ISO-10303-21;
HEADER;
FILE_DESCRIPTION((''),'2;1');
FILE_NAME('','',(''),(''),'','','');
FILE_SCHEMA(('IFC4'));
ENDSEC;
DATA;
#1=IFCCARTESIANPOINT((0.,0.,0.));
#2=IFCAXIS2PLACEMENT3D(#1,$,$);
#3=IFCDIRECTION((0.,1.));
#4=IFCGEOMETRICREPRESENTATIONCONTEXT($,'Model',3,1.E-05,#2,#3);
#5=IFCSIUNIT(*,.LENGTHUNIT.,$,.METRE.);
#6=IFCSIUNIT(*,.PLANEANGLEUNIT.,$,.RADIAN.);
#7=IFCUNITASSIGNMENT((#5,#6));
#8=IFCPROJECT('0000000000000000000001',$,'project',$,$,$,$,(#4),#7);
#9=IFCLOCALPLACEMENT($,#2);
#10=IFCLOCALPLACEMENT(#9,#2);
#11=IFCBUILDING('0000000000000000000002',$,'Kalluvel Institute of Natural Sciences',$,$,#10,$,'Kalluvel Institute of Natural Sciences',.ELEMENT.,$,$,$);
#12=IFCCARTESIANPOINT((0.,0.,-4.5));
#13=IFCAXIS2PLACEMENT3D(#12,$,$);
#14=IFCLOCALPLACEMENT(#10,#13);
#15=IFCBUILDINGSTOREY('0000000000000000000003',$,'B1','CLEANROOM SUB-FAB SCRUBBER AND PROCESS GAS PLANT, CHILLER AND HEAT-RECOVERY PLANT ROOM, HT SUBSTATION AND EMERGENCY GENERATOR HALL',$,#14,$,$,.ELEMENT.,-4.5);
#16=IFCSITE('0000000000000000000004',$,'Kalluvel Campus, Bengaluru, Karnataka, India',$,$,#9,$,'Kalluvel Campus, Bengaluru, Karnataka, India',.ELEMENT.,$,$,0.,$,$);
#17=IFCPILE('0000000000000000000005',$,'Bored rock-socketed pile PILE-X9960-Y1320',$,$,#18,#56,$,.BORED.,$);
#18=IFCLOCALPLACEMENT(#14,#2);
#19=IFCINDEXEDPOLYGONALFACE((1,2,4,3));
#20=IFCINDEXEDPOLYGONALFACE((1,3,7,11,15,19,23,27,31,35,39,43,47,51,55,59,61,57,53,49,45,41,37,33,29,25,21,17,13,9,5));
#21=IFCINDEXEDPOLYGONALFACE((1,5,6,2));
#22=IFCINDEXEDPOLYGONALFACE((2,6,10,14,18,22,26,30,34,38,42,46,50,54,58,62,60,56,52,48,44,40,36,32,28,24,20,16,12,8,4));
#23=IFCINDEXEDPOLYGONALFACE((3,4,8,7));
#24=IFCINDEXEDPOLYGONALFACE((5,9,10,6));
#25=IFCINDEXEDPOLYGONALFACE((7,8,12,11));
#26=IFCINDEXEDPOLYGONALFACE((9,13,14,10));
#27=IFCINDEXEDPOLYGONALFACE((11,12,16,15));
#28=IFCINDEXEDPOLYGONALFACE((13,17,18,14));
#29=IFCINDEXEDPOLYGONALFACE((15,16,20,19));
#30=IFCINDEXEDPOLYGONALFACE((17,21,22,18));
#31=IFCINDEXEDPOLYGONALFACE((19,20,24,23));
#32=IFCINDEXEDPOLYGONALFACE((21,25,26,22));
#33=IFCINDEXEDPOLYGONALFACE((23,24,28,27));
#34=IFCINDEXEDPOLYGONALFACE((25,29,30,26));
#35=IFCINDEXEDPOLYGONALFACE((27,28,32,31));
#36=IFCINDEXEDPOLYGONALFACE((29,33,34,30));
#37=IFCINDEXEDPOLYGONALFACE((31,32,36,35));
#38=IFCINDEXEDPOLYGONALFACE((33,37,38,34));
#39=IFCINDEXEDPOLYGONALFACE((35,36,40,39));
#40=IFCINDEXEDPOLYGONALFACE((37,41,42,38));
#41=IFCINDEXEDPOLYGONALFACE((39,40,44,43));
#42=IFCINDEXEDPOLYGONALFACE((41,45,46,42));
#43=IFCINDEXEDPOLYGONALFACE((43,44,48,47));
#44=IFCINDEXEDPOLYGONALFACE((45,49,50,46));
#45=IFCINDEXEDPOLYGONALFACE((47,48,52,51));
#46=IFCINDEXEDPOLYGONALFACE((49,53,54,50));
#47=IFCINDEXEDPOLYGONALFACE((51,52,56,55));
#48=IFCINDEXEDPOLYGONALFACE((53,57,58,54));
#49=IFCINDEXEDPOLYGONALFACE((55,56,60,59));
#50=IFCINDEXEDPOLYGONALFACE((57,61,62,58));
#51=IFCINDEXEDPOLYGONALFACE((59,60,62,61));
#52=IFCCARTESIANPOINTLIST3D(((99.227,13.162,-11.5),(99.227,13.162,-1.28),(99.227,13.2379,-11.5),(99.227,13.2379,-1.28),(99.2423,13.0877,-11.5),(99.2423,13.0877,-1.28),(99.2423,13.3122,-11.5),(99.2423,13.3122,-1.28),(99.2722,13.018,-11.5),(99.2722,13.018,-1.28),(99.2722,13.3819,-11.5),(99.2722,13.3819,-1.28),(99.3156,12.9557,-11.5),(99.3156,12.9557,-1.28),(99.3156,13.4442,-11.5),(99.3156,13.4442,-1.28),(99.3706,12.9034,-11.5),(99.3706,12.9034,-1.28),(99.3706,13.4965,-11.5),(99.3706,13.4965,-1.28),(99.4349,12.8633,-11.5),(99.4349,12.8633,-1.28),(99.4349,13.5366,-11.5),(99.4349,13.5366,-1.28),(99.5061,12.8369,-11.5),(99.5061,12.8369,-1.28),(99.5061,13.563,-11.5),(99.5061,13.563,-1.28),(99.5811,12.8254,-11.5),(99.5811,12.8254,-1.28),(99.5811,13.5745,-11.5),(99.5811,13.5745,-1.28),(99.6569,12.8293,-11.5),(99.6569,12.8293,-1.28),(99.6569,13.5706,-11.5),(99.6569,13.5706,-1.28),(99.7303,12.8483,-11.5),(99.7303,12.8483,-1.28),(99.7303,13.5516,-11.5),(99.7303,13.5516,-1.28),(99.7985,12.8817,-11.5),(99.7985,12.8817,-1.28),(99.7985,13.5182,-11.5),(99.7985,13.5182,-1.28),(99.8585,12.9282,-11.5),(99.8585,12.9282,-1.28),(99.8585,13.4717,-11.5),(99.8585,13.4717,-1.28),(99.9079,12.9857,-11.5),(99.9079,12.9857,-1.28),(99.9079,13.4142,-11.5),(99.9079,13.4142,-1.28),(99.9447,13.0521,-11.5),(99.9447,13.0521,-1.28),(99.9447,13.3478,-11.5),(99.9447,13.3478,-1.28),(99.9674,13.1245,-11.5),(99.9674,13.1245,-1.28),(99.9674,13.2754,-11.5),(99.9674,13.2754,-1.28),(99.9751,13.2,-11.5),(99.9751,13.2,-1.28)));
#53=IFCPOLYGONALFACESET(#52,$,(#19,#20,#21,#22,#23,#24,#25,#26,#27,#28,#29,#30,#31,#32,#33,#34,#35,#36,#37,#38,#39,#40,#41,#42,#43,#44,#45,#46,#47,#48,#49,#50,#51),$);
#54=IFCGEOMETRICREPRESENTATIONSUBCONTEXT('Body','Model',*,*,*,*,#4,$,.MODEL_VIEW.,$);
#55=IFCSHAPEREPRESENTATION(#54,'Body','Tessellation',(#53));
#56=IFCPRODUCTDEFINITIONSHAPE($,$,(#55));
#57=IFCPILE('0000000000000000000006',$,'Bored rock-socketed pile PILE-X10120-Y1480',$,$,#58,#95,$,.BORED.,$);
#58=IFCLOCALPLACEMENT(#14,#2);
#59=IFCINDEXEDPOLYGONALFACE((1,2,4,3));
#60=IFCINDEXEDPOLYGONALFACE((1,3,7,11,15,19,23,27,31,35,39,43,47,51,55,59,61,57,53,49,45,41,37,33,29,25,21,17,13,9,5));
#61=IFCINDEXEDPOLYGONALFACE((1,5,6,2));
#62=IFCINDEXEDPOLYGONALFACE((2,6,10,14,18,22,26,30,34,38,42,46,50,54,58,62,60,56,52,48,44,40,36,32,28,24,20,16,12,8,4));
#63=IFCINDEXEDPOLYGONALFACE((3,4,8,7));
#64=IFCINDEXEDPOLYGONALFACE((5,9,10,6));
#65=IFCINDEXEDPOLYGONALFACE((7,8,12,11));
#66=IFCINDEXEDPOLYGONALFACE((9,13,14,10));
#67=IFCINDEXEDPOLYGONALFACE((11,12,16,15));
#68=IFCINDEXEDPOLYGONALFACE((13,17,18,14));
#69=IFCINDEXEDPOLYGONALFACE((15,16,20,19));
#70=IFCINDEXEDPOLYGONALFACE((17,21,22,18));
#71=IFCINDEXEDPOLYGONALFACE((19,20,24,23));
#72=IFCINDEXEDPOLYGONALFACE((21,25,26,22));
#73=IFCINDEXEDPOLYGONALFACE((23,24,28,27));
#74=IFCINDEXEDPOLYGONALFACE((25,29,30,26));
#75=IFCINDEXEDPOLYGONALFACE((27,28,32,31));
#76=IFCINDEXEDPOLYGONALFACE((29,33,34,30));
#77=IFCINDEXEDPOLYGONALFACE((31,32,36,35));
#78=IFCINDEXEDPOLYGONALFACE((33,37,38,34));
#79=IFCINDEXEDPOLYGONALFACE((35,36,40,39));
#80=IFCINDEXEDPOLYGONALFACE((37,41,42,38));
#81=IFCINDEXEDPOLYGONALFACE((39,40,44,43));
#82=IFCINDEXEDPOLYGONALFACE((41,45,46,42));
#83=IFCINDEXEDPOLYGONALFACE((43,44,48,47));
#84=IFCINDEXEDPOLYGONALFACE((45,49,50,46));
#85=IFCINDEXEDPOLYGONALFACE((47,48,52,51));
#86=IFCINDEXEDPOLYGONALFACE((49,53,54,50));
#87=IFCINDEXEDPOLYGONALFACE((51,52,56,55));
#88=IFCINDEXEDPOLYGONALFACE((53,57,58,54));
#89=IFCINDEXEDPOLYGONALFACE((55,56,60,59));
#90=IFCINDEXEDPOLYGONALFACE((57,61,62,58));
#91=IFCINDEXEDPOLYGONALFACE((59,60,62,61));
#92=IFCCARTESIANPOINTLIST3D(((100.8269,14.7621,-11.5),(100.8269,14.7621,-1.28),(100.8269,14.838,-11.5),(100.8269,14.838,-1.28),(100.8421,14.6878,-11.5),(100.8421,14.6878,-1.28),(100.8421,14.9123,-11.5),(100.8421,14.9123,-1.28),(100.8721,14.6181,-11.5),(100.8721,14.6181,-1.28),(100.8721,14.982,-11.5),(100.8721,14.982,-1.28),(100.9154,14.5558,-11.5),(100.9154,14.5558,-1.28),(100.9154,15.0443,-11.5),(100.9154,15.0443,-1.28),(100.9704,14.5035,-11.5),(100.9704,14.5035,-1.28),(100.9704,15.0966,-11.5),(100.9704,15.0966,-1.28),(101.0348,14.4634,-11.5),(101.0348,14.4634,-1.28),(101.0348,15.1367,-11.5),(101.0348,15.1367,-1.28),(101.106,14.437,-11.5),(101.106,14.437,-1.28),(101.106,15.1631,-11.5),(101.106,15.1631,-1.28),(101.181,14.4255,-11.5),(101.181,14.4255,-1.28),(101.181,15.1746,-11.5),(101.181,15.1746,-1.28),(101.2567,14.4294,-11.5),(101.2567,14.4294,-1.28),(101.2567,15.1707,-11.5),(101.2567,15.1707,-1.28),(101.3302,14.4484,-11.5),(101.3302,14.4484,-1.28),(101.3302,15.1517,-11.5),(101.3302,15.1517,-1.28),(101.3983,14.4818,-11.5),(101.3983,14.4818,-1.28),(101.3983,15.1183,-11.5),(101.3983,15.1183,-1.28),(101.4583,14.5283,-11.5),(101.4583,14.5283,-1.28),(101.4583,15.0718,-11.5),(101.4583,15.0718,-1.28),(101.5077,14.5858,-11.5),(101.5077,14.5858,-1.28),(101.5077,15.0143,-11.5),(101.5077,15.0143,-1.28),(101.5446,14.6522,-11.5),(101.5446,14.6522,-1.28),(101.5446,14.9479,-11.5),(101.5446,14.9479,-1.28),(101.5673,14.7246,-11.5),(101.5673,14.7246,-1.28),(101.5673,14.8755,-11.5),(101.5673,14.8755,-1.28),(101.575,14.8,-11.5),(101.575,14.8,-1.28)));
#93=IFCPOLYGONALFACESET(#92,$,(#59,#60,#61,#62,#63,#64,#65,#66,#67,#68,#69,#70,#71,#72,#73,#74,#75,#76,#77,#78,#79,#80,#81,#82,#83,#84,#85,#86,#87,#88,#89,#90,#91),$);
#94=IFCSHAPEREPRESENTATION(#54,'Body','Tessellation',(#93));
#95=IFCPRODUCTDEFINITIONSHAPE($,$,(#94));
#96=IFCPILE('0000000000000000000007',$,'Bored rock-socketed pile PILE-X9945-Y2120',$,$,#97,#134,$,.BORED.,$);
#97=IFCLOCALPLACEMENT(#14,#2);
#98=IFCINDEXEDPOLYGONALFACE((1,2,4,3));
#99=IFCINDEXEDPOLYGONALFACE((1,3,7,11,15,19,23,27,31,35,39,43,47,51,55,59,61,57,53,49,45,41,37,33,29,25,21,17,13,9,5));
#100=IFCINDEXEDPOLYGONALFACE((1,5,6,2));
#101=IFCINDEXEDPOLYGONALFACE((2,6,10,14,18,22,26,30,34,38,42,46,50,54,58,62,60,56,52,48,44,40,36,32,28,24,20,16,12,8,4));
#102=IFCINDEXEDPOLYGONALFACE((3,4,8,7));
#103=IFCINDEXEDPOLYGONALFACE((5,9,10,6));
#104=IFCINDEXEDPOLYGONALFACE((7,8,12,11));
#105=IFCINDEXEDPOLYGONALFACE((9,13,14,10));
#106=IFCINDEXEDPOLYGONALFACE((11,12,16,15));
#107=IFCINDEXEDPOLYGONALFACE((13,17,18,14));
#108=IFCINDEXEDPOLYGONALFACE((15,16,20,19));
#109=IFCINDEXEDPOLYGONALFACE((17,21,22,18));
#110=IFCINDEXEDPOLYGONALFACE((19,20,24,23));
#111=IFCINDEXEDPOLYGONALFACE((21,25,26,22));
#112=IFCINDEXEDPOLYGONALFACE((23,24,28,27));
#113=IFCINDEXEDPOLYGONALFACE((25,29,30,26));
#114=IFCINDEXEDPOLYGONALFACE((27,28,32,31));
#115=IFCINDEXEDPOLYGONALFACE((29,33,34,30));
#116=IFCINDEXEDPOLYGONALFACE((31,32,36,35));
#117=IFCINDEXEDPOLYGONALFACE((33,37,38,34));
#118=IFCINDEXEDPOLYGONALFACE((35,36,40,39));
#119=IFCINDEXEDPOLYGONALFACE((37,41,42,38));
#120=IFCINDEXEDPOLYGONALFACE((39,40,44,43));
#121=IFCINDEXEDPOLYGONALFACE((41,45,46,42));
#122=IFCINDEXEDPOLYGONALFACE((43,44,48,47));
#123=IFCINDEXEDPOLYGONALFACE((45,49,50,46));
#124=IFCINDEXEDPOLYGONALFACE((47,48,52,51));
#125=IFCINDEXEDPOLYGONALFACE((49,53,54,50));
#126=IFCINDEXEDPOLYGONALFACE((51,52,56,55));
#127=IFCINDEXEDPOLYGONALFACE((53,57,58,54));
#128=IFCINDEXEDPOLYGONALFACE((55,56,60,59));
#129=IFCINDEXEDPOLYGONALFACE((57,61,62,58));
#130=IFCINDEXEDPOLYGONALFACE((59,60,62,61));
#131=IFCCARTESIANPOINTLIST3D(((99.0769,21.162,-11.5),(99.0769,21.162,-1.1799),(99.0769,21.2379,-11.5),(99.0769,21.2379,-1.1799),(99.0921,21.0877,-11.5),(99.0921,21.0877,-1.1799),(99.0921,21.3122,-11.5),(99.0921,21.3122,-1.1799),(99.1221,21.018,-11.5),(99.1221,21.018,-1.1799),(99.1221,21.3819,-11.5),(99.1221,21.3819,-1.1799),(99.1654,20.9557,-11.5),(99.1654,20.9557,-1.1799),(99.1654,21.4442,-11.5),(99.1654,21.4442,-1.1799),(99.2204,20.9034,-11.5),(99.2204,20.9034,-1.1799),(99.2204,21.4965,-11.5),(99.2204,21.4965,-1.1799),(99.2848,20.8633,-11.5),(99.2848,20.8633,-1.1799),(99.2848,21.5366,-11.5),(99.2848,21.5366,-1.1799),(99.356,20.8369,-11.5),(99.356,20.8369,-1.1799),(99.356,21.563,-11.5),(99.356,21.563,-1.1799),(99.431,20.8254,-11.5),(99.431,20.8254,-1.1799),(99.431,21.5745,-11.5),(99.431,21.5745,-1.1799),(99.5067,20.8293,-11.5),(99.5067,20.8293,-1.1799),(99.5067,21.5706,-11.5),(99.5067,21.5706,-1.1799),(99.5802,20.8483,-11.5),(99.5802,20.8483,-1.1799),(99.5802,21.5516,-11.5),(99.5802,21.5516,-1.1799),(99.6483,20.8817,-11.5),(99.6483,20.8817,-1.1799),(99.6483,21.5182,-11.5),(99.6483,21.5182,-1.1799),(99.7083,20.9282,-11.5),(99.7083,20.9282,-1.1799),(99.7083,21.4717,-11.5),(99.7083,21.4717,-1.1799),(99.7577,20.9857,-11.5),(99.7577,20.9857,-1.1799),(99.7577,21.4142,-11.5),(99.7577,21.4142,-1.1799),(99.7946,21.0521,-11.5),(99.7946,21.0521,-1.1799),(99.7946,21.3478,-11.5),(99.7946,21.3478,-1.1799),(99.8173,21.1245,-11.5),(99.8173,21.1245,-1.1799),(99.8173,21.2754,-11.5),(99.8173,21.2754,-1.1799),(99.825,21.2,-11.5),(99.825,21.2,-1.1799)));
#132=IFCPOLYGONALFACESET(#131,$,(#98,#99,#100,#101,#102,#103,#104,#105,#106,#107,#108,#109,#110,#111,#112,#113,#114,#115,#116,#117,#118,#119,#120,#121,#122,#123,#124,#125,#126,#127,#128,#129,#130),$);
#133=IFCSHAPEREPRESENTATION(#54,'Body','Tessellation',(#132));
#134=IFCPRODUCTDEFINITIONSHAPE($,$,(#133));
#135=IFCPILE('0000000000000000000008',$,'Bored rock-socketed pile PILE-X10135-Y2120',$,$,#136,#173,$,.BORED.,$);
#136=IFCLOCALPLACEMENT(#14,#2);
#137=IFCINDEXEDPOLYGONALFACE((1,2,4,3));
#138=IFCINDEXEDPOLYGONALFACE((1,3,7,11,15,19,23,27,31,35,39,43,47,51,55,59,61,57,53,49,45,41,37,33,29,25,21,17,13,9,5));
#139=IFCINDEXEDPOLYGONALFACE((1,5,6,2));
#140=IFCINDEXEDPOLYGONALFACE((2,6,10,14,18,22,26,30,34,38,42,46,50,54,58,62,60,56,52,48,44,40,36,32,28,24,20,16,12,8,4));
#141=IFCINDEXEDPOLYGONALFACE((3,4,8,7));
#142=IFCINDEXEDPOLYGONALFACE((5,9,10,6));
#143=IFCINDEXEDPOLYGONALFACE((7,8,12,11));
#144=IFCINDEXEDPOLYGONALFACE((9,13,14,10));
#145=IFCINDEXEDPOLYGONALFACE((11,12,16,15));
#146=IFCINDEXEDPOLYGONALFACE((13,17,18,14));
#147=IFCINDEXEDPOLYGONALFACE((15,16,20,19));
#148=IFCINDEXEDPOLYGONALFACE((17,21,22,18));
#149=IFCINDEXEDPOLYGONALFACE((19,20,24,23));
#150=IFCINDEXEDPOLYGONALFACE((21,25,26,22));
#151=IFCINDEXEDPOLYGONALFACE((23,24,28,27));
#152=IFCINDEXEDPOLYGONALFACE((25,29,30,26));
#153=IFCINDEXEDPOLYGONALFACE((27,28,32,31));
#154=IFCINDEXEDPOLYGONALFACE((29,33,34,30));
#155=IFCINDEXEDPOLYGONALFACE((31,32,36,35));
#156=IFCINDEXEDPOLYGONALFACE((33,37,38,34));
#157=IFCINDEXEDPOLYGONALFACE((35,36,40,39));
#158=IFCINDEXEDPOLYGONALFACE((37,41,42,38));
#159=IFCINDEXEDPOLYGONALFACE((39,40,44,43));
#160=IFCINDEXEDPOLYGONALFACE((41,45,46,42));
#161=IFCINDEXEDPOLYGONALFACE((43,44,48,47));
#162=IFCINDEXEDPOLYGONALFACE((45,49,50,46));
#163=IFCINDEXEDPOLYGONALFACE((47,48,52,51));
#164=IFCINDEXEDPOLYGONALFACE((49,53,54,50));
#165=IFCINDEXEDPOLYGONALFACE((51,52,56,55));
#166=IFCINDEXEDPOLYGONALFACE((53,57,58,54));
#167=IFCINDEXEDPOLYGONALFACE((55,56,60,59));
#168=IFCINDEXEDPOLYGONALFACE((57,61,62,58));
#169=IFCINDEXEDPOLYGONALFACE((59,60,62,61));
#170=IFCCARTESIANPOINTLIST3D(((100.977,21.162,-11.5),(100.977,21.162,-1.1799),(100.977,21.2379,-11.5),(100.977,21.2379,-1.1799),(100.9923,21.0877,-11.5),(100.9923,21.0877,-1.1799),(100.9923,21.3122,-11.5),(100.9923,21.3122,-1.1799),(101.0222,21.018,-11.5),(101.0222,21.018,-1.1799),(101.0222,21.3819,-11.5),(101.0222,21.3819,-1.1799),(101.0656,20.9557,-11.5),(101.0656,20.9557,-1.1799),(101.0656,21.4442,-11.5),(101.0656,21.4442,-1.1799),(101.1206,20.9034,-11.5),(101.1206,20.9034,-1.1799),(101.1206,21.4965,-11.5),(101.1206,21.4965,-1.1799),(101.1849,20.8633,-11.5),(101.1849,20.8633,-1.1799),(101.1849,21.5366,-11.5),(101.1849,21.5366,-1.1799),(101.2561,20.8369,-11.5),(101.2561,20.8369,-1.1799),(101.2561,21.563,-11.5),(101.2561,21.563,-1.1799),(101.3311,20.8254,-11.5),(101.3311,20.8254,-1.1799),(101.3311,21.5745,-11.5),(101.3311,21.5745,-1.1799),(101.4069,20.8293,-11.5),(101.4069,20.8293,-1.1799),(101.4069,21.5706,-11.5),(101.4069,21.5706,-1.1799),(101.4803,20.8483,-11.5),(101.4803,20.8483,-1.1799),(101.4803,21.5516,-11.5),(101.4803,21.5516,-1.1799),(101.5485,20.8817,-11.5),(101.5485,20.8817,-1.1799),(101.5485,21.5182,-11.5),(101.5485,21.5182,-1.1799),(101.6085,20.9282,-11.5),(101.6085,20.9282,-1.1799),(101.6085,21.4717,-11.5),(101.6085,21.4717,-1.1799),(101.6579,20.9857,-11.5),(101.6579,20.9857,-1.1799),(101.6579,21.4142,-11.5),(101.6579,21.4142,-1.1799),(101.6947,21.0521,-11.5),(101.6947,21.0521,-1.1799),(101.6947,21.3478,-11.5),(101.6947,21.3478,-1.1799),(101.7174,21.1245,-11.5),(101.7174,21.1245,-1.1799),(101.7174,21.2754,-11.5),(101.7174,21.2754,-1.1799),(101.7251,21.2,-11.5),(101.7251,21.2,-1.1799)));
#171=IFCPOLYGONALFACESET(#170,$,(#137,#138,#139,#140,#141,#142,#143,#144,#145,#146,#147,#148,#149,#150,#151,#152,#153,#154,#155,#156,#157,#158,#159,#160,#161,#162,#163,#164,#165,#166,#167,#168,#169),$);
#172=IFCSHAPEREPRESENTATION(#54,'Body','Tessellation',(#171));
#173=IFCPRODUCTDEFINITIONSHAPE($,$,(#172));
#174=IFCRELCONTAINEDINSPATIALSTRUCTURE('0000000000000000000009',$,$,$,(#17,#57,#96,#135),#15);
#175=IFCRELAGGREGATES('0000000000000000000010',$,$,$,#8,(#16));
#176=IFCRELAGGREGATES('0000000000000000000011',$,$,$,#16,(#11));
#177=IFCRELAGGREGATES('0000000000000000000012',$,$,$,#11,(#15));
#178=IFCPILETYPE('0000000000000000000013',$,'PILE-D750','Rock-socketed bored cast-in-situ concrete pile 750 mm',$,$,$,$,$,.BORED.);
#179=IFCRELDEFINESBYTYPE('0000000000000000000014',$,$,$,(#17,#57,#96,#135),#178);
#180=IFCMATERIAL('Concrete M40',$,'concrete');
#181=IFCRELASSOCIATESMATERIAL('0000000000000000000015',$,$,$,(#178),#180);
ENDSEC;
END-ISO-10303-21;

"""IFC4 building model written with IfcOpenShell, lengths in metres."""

from ifc_helpers import new_model, si_unit, direction, frame, origin, origin_2d, place, context, subcontext, project, spatial, circle, extrude, material, material_profile, profile_set, type_object, element, save


model = new_model("IFC4")

# Units and contexts
model_context = context("Model", 3, precision=1e-05, world=origin(), true_north=direction((0.0, 1.0)))
body_context = subcontext(model_context, "Body", "Model", "MODEL_VIEW")
ifc_project = project(units=[si_unit("LENGTHUNIT", "METRE"), si_unit("PLANEANGLEUNIT", "RADIAN")], contexts=[model_context])

# Site, building, storey
site_placement = place(None, origin())
site = spatial("IfcSite", under=ifc_project, at=site_placement, Name="Kalluvel Campus, Bengaluru, Karnataka, India", LongName="Kalluvel Campus, Bengaluru, Karnataka, India", CompositionType="ELEMENT", RefElevation=0.0)
building_placement = place(site_placement, origin())
building = spatial("IfcBuilding", under=site, at=building_placement, Name="Kalluvel Institute of Natural Sciences", LongName="Kalluvel Institute of Natural Sciences", CompositionType="ELEMENT")
storey_placement = place(building_placement, frame((0.0, 0.0, -4.5)))
storey = spatial("IfcBuildingStorey", under=building, at=storey_placement, Name="B1", Description="CLEANROOM SUB-FAB SCRUBBER AND PROCESS GAS PLANT, CHILLER AND HEAT-RECOVERY PLANT ROOM, HT SUBSTATION AND EMERGENCY GENERATOR HALL", CompositionType="ELEMENT", Elevation=-4.5)

# Shared definitions
ifc_material_1 = material(Name="Concrete M40", Category="concrete")

# Piles
ifc_material_profile_1 = material_profile(ifc_material_1, circle(Radius=0.375, at=origin_2d()), Name="PILE D750")
ifc_profile_set_1 = profile_set([ifc_material_profile_1], Name="Concrete M40")
pile_type_1 = type_object("IfcPileType", Name="PILE-D750", Description="Rock-socketed bored cast-in-situ concrete pile 750 mm", PredefinedType="BORED", material=ifc_profile_set_1)
for number, where, z_axis, x_axis, name in (
    (1, (99.6001, 13.2, -1.28), (0.0, 0.0, -1.0), (1.0, 0.0, 0.0), "Bored rock-socketed pile PILE-X9960-Y1320"),
    (2, (101.2, 14.8, -1.28), (0.0, 0.0, -1.0), (1.0, 0.0, 0.0), "Bored rock-socketed pile PILE-X10120-Y1480"),
):
    element("IfcPile", number, at=place(storey_placement, frame(where, z_axis=z_axis, x_axis=x_axis)), inside=storey, type_object=pile_type_1, Name=name, PredefinedType="BORED", context=body_context, shape_type="SweptSolid", body=[
        extrude(circle(Radius=0.375, at=origin_2d()), origin(), (0.0, 0.0, 1.0), 10.22),
    ])
for number, where, z_axis, x_axis, name in (
    (3, (99.45, 21.2, -1.1799), (0.0, 0.0, -1.0), (1.0, 0.0, 0.0), "Bored rock-socketed pile PILE-X9945-Y2120"),
    (4, (101.3501, 21.2, -1.1799), (0.0, 0.0, -1.0), (1.0, 0.0, 0.0), "Bored rock-socketed pile PILE-X10135-Y2120"),
):
    element("IfcPile", number, at=place(storey_placement, frame(where, z_axis=z_axis, x_axis=x_axis)), inside=storey, type_object=pile_type_1, Name=name, PredefinedType="BORED", context=body_context, shape_type="SweptSolid", body=[
        extrude(circle(Radius=0.375, at=origin_2d()), origin(), (0.0, 0.0, 1.0), 10.3201),
    ])

save(model, "model.ifc")
